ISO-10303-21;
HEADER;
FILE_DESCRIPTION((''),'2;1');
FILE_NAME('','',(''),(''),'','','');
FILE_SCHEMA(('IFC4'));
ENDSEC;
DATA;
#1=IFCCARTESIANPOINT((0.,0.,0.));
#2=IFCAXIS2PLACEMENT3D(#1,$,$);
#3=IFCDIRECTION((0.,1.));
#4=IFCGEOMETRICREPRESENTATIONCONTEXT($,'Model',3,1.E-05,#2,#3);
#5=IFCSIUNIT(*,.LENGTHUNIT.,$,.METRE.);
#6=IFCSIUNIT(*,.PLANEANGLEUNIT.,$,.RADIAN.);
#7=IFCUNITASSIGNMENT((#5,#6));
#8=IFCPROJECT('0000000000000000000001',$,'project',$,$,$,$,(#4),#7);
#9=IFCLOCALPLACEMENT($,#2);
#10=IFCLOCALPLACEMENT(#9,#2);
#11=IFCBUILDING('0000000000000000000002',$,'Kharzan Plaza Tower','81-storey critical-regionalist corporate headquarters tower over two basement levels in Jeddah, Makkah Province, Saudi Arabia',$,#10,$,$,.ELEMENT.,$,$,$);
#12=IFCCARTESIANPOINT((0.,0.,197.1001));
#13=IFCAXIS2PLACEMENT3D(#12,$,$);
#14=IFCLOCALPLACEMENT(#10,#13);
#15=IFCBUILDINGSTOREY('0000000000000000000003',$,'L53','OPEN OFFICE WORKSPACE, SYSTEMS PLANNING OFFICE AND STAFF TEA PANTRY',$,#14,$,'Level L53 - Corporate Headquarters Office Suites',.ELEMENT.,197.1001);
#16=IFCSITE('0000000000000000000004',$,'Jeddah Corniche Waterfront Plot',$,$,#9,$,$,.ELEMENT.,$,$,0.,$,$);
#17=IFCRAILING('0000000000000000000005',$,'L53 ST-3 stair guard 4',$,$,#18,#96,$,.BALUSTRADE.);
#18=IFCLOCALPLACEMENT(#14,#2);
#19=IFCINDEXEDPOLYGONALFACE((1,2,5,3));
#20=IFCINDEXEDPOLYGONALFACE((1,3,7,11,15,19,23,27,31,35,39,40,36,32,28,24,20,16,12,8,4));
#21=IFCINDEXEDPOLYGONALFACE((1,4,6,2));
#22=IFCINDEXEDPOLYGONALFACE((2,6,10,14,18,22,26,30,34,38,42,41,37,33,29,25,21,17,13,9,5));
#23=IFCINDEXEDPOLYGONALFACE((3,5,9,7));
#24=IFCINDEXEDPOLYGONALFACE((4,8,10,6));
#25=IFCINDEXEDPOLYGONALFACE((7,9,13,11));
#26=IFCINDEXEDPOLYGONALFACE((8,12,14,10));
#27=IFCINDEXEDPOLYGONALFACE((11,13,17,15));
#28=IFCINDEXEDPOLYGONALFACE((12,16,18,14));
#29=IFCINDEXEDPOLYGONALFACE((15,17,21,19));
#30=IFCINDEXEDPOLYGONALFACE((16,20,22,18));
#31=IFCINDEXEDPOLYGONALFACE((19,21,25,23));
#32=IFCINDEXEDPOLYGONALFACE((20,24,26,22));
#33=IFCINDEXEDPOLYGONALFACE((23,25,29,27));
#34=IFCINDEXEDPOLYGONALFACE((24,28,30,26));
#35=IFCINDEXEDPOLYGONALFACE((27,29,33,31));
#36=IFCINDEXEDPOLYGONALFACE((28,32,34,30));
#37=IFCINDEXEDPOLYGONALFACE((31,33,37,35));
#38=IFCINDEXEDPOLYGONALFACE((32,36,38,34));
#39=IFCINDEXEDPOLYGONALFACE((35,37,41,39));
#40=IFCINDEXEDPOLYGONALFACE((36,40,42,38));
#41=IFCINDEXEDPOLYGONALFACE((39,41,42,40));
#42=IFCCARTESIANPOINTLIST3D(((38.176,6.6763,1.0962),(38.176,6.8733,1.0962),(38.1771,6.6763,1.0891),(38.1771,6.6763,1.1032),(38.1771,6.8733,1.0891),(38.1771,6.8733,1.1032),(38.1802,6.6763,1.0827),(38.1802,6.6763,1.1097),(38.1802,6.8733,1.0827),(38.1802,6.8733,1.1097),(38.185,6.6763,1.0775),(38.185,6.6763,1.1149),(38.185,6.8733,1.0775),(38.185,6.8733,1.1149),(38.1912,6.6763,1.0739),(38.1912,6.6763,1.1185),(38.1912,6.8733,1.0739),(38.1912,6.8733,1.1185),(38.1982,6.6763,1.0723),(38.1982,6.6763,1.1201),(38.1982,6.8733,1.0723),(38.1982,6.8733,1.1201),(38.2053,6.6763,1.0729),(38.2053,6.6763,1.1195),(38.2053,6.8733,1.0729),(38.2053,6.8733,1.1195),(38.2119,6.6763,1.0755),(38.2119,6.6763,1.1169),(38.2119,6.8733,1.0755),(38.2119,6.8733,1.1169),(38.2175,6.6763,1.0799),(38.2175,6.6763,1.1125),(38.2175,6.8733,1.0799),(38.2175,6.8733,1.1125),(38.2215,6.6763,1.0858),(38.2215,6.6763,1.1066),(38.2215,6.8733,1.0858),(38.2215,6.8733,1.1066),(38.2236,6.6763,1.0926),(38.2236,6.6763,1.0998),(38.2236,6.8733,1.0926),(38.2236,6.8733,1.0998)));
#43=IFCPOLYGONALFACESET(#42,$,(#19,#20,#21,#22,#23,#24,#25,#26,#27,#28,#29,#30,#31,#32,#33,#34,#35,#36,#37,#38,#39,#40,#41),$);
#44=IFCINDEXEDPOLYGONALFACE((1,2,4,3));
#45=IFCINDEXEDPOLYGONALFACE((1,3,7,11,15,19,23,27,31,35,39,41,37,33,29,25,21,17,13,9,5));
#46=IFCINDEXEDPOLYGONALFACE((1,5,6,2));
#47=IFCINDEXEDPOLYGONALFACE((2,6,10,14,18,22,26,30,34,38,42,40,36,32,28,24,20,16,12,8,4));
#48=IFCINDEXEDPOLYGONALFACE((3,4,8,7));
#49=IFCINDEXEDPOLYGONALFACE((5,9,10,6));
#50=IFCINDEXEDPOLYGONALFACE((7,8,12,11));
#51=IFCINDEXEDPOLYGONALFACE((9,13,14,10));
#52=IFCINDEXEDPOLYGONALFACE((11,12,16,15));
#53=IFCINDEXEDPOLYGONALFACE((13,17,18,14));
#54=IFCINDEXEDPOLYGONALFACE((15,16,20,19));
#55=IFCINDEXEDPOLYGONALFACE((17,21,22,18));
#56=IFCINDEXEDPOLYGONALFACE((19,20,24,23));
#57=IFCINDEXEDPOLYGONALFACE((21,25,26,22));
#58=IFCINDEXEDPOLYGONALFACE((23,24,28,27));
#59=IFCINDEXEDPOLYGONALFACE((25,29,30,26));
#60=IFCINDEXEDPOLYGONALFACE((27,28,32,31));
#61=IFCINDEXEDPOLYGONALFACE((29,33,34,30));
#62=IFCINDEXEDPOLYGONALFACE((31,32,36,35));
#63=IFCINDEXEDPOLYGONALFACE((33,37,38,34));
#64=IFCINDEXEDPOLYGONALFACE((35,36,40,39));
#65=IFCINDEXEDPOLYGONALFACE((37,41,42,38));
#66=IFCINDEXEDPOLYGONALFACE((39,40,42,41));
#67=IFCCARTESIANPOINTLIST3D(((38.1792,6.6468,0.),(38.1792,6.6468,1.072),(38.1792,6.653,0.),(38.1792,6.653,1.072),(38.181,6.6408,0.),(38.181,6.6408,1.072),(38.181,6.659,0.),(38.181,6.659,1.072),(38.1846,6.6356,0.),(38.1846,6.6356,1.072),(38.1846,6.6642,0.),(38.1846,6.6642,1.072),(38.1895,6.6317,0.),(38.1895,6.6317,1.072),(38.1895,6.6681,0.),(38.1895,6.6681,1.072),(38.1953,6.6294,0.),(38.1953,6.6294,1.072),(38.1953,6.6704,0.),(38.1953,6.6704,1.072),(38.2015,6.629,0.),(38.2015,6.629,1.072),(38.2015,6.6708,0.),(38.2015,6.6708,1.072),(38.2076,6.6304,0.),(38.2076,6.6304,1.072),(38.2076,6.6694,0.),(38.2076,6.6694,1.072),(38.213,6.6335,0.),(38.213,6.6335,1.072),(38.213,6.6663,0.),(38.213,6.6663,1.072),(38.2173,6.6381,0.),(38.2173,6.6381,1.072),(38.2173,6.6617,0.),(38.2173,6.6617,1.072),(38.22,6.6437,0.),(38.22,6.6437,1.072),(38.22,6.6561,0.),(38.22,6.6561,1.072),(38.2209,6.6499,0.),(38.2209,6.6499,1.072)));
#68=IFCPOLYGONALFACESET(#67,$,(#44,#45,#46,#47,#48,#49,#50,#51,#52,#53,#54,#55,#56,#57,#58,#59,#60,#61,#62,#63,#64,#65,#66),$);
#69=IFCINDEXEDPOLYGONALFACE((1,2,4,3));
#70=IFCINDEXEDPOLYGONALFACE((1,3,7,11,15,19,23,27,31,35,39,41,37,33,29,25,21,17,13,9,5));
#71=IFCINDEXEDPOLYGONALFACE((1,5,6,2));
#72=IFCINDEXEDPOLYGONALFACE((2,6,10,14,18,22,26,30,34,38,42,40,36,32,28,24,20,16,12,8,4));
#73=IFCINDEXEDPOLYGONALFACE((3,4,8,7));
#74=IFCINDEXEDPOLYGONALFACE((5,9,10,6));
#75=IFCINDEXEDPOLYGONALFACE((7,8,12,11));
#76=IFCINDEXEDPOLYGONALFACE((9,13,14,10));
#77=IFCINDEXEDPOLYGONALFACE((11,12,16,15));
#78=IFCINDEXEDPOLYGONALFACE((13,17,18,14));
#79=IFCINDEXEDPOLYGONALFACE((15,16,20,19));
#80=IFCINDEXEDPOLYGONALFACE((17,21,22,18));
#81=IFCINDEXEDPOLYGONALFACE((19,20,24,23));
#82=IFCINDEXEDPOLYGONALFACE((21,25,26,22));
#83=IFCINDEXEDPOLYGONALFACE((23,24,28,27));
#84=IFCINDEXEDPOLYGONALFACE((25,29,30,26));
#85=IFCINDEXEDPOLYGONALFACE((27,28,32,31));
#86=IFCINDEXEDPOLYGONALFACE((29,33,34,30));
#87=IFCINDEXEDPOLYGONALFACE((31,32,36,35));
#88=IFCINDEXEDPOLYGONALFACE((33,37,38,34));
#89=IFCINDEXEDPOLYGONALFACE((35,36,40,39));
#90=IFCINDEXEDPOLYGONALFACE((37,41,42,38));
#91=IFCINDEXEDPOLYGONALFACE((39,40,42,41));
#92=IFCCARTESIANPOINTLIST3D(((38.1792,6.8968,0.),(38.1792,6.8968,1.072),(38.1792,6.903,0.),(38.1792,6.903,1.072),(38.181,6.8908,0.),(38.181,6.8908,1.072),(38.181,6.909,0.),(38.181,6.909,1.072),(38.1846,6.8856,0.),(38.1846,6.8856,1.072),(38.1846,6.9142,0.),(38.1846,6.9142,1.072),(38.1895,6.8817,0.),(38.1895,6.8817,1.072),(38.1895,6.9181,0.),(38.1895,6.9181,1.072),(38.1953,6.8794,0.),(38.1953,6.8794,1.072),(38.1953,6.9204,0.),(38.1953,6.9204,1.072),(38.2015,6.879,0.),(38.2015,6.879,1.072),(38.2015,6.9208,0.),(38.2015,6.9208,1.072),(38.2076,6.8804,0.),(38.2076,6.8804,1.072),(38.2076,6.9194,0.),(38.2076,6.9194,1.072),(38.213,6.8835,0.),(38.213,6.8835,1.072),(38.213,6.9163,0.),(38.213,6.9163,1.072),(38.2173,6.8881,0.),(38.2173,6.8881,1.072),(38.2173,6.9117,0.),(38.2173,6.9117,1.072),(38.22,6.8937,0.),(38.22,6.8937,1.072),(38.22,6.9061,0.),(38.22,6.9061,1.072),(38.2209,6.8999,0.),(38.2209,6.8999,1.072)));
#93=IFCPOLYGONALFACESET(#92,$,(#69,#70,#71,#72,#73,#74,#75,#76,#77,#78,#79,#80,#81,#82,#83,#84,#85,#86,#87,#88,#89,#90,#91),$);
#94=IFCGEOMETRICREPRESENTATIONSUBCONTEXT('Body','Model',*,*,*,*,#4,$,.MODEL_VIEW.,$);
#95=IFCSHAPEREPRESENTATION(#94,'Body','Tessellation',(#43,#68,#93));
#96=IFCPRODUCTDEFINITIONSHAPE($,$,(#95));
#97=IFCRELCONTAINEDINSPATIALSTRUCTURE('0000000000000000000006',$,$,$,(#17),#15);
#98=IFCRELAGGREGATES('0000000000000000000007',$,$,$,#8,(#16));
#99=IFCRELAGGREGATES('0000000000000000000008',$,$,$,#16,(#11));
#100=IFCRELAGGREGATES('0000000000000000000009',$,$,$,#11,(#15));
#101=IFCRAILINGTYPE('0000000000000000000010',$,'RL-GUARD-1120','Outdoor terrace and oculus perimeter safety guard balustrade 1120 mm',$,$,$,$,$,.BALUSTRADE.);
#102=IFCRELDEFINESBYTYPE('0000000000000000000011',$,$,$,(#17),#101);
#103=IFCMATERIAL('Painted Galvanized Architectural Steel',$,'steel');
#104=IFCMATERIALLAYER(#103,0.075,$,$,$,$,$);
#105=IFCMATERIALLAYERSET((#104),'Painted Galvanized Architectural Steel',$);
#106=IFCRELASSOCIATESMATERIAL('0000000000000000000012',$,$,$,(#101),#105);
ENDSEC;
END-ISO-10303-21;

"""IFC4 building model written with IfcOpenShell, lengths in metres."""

from ifc_helpers import new_model, si_unit, direction, frame, origin, origin_2d, place, context, subcontext, project, spatial, circle, extrude, source, transform, mapped, material, layer, layer_set, type_object, element, save


model = new_model("IFC4")

# Units and contexts
model_context = context("Model", 3, precision=1e-05, world=origin(), true_north=direction((0.0, 1.0)))
body_context = subcontext(model_context, "Body", "Model", "MODEL_VIEW")
ifc_project = project(units=[si_unit("LENGTHUNIT", "METRE"), si_unit("PLANEANGLEUNIT", "RADIAN")], contexts=[model_context])

# Site, building, storey
site_placement = place(None, origin())
site = spatial("IfcSite", under=ifc_project, at=site_placement, Name="Jeddah Corniche Waterfront Plot", CompositionType="ELEMENT", RefElevation=0.0)
building_placement = place(site_placement, origin())
building = spatial("IfcBuilding", under=site, at=building_placement, Name="Kharzan Plaza Tower", Description="81-storey critical-regionalist corporate headquarters tower over two basement levels in Jeddah, Makkah Province, Saudi Arabia", CompositionType="ELEMENT")
storey_placement = place(building_placement, frame((0.0, 0.0, 197.1001)))
storey = spatial("IfcBuildingStorey", under=building, at=storey_placement, Name="L53", Description="OPEN OFFICE WORKSPACE, SYSTEMS PLANNING OFFICE AND STAFF TEA PANTRY", LongName="Level L53 - Corporate Headquarters Office Suites", CompositionType="ELEMENT", Elevation=197.1001)

# Railing
ifc_material_1 = material(Name="Painted Galvanized Architectural Steel", Category="steel")
ifc_layer_1 = layer(ifc_material_1, 0.075)
ifc_layer_set_1 = layer_set([ifc_layer_1], Name="Painted Galvanized Architectural Steel")
railing_type_1 = type_object("IfcRailingType", Name="RL-GUARD-1120", Description="Outdoor terrace and oculus perimeter safety guard balustrade 1120 mm", PredefinedType="BALUSTRADE", material=ifc_layer_set_1)
shared_shape_1 = source(origin(), body_context, "Body", "SweptSolid", [
    extrude(circle(Radius=0.0239, at=origin_2d()), frame((0.0, 0.0264, 1.0962), z_axis=(0.0, 1.0, 0.0), x_axis=(-1.0, 0.0, 0.0)), (0.0, 0.0, 1.0), 0.197),
    extrude(circle(Radius=0.021, at=origin_2d()), origin(), (0.0, 0.0, 1.0), 1.072),
    extrude(circle(Radius=0.021, at=origin_2d()), frame((0.0, 0.25, 0.0)), (0.0, 0.0, 1.0), 1.072),
])
for number, where, name in (
    (1, (38.2, 6.6499, 0.0), "L53 ST-3 stair guard 4"),
):
    element("IfcRailing", number, at=place(storey_placement, frame(where)), inside=storey, type_object=railing_type_1, Name=name, PredefinedType="BALUSTRADE", context=body_context, shape_type="MappedRepresentation", body=[
        mapped(shared_shape_1, transform((0.0, 0.0, 0.0), x_axis=(1.0, 0.0, 0.0), y_axis=(0.0, 1.0, 0.0), z_axis=(0.0, 0.0, 1.0))),
    ])

save(model, "model.ifc")
